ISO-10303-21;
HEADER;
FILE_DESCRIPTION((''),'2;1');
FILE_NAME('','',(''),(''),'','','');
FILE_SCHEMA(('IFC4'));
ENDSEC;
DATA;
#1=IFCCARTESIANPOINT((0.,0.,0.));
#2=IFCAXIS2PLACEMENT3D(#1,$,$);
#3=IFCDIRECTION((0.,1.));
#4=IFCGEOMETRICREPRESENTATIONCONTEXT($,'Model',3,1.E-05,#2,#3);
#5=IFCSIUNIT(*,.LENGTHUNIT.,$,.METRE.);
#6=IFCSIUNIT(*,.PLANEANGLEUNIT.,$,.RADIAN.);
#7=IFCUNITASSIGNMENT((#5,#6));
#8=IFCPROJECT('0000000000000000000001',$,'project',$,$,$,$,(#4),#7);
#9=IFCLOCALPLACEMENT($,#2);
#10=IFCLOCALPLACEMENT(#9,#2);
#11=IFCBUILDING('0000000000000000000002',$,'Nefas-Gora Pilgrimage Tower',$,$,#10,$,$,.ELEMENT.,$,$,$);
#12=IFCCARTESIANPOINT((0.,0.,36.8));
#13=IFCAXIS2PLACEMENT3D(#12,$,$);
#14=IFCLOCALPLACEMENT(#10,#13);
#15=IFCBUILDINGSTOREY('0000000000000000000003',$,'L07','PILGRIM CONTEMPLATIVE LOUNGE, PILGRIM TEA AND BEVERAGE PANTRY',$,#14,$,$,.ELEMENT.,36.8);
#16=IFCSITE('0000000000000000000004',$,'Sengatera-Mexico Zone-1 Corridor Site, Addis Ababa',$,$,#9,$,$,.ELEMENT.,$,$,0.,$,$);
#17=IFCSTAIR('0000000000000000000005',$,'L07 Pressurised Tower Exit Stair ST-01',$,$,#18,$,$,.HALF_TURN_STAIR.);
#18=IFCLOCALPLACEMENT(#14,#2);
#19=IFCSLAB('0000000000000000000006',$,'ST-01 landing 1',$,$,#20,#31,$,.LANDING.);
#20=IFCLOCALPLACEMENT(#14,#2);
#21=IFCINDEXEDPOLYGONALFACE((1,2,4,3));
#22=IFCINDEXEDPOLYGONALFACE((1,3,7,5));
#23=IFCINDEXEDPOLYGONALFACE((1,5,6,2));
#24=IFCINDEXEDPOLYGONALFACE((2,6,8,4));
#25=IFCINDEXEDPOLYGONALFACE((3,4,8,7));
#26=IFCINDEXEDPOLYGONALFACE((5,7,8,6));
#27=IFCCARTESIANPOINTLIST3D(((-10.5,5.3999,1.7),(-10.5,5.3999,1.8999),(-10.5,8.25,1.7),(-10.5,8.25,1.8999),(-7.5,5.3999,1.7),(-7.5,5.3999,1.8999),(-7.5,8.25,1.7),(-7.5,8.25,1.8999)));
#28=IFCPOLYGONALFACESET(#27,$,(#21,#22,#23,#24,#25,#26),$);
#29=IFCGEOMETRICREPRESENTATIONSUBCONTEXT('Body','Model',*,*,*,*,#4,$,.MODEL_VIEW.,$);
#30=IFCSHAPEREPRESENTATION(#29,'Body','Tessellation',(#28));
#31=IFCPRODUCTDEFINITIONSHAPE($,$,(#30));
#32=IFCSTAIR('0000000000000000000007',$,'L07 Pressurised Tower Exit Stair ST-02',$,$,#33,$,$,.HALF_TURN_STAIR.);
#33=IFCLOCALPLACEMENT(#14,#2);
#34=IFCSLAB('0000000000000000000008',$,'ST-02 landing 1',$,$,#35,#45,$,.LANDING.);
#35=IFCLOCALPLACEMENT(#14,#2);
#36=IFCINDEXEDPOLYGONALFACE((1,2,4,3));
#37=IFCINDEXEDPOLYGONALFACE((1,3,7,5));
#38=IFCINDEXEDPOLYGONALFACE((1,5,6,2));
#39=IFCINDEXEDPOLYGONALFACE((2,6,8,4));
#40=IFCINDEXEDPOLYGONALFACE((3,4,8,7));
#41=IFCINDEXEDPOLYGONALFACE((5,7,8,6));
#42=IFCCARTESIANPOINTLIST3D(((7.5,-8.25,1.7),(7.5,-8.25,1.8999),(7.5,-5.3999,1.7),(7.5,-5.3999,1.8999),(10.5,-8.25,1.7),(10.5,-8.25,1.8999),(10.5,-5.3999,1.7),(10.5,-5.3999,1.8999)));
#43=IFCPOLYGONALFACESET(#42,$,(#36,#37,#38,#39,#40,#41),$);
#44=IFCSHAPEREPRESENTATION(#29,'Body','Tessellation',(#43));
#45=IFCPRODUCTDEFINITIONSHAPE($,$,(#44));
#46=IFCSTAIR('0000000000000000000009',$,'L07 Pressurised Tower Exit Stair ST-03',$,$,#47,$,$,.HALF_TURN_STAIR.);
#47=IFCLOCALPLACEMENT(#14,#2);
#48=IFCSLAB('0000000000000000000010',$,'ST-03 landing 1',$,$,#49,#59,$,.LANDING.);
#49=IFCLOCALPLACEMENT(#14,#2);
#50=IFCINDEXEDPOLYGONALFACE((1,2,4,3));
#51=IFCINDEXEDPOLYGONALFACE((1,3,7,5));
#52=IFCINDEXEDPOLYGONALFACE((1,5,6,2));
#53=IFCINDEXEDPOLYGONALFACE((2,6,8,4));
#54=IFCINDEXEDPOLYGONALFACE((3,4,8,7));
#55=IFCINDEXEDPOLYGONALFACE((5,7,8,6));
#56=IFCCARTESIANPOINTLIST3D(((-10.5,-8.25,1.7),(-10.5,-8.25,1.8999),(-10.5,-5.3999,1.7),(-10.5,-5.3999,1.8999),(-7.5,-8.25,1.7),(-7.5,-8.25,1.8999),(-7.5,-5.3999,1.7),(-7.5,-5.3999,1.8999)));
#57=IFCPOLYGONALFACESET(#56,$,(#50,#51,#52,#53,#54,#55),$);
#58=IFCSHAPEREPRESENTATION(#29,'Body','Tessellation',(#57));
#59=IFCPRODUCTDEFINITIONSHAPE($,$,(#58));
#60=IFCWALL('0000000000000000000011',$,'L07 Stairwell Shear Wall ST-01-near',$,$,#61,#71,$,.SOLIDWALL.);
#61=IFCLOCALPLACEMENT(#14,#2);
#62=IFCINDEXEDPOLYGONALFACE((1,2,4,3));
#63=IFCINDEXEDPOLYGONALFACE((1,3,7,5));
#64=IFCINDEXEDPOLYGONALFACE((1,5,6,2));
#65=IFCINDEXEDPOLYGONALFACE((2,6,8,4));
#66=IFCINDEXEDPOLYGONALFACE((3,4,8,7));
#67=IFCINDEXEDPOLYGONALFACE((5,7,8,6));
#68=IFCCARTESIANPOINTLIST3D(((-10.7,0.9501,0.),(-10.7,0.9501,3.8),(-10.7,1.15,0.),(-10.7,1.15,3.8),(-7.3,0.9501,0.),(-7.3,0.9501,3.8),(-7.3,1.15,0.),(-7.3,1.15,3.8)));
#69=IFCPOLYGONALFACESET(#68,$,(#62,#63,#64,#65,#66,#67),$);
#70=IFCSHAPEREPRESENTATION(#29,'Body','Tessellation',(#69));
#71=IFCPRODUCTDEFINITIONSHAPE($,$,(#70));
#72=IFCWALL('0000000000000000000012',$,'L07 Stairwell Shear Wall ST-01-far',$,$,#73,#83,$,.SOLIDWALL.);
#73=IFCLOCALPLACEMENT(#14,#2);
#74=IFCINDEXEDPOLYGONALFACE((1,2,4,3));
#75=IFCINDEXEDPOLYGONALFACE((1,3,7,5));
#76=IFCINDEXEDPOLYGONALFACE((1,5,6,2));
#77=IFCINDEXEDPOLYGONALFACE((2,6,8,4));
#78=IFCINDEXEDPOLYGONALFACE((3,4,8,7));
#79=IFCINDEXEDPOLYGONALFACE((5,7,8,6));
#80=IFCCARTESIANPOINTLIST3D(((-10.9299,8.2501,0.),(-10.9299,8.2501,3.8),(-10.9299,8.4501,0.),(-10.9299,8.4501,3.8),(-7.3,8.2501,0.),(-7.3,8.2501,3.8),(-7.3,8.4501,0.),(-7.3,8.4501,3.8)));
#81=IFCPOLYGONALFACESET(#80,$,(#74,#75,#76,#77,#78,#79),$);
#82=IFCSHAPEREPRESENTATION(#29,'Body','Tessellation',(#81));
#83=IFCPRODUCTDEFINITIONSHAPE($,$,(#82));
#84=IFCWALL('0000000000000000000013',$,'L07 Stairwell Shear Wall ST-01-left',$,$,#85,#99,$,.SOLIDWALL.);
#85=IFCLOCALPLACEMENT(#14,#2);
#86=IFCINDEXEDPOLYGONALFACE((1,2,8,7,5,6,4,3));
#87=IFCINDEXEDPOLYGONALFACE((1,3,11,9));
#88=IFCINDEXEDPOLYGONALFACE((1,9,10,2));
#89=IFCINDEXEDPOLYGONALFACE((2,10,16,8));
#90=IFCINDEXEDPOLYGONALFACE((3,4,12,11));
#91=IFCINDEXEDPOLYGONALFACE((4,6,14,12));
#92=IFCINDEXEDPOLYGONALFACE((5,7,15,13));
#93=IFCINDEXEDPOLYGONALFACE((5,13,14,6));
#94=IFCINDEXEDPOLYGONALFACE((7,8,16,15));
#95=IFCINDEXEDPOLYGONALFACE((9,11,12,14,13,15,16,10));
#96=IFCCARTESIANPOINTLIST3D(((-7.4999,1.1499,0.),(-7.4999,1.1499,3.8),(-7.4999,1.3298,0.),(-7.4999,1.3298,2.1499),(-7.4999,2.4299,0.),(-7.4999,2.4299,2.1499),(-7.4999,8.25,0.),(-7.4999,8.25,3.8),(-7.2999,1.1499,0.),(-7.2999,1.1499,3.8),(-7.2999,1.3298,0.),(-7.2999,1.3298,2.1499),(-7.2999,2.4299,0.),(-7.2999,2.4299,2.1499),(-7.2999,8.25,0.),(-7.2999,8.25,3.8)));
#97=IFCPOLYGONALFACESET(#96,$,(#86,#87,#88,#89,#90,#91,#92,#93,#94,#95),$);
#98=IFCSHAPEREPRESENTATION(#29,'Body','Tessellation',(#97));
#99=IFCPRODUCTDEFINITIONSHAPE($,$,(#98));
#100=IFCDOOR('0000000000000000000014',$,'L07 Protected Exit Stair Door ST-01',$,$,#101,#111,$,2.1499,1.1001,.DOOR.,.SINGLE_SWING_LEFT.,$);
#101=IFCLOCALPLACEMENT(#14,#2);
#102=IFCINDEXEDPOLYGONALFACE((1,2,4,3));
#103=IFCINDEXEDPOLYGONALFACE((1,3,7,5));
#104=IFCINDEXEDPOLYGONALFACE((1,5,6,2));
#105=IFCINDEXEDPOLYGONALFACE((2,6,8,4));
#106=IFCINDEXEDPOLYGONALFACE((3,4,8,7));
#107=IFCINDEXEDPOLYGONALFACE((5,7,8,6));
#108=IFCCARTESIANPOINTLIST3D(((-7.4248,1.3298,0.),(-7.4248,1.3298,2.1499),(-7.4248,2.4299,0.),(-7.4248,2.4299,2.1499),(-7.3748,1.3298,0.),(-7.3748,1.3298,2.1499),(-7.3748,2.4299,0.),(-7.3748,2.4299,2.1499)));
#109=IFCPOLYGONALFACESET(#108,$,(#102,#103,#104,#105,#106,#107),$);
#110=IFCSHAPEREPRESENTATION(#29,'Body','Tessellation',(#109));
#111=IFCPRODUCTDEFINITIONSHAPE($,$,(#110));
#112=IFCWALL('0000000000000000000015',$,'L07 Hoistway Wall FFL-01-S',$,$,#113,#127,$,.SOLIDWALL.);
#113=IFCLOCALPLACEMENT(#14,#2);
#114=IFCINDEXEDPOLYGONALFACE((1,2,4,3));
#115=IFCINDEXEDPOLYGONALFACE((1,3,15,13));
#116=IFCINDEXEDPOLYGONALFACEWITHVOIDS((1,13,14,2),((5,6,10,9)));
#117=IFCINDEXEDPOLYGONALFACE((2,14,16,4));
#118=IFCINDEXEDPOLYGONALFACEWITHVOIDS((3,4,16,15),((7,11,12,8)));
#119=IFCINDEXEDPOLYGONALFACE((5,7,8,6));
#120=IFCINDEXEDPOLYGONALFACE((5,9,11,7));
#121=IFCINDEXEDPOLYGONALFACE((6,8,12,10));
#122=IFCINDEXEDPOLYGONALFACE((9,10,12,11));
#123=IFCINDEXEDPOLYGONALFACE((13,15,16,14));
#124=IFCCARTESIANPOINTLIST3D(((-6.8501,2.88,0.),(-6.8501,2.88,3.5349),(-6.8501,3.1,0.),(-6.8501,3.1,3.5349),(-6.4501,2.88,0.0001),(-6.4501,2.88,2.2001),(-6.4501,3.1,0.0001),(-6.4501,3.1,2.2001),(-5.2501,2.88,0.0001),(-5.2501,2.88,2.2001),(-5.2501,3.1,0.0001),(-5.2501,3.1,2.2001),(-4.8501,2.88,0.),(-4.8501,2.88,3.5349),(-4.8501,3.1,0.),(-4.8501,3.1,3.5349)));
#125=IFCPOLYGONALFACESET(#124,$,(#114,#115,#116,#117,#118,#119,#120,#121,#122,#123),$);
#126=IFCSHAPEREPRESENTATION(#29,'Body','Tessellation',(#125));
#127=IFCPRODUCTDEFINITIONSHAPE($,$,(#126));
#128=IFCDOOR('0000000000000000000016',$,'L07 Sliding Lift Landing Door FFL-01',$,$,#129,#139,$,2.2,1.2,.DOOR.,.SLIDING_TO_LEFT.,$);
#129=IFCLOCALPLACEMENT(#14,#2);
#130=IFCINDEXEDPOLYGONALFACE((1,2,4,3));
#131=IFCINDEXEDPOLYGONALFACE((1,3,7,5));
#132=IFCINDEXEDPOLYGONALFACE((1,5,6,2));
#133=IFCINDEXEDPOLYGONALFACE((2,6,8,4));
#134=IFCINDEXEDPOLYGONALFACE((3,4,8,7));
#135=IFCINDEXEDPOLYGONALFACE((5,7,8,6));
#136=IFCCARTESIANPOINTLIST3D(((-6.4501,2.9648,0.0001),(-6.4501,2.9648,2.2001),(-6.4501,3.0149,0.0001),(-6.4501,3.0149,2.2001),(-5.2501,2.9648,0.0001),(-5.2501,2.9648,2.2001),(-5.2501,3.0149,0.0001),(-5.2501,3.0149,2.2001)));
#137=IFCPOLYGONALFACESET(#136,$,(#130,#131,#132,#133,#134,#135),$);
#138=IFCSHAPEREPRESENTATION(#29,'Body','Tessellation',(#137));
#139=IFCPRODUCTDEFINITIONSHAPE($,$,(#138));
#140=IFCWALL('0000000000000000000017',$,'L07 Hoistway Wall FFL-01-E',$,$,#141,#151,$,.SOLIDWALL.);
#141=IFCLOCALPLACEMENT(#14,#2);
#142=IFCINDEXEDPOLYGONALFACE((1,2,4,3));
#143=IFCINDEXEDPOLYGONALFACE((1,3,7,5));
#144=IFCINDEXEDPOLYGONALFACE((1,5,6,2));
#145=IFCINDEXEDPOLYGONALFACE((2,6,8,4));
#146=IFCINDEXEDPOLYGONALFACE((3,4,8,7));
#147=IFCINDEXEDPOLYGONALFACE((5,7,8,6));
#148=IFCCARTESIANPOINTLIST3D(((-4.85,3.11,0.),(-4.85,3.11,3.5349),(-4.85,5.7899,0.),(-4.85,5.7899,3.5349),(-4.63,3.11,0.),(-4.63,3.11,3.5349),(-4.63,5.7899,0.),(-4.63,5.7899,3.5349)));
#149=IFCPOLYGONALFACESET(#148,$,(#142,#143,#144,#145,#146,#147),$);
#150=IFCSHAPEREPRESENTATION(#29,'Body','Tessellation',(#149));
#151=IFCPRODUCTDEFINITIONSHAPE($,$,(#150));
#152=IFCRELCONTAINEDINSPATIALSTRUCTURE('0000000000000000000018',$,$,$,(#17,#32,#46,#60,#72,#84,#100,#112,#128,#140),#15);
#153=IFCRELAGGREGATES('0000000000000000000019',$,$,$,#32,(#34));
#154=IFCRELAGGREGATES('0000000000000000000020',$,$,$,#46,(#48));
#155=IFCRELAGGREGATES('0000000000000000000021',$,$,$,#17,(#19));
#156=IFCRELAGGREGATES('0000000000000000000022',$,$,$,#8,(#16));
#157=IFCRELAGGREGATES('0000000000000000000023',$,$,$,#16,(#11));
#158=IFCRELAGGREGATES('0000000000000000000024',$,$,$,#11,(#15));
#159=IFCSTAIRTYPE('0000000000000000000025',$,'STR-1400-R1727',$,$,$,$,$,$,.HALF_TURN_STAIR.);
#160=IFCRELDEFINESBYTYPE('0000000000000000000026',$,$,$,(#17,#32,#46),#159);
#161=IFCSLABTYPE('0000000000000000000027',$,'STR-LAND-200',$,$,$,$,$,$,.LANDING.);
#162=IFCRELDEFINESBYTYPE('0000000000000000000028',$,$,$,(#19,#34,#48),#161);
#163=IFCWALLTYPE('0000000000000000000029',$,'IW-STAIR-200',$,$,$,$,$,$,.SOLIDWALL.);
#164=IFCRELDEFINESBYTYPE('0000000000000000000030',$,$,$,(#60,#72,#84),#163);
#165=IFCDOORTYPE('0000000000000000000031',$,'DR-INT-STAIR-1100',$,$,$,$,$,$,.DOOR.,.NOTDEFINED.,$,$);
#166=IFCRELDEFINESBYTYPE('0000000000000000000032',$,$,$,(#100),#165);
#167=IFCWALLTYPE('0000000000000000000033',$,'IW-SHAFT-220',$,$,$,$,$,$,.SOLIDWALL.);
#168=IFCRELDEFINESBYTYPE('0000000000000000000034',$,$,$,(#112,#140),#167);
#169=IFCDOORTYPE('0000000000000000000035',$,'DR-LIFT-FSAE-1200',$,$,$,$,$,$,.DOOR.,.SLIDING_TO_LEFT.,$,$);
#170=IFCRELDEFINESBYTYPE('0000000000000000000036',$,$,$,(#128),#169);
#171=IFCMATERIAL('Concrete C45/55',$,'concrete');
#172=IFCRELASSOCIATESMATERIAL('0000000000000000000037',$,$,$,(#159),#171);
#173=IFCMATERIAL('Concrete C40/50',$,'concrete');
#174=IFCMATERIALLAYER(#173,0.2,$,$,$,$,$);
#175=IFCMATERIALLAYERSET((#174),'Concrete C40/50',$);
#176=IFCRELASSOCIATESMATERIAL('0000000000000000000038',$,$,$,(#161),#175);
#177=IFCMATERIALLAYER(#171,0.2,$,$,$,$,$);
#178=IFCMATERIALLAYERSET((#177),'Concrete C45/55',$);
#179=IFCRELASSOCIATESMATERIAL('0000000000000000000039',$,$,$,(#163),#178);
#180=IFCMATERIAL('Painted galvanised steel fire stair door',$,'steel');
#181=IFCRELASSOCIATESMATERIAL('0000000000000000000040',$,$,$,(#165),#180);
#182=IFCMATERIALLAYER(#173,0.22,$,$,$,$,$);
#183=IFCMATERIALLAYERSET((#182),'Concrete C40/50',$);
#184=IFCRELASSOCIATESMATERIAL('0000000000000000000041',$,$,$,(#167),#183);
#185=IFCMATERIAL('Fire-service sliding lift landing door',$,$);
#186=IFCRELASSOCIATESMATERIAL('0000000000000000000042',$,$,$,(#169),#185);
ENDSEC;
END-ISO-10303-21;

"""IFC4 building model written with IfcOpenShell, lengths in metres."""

from ifc_helpers import new_model, si_unit, direction, frame, frame_2d, origin, place, context, subcontext, project, spatial, polyline, rectangle, outline, extrude, source, transform, mapped, material, layer, layer_set, type_object, element, fill, aggregate, save


model = new_model("IFC4")

# Units and contexts
model_context = context("Model", 3, precision=1e-05, world=origin(), true_north=direction((0.0, 1.0)))
body_context = subcontext(model_context, "Body", "Model", "MODEL_VIEW")
ifc_project = project(units=[si_unit("LENGTHUNIT", "METRE"), si_unit("PLANEANGLEUNIT", "RADIAN")], contexts=[model_context])

# Site, building, storey
site_placement = place(None, origin())
site = spatial("IfcSite", under=ifc_project, at=site_placement, Name="Sengatera-Mexico Zone-1 Corridor Site, Addis Ababa", CompositionType="ELEMENT", RefElevation=0.0)
building_placement = place(site_placement, origin())
building = spatial("IfcBuilding", under=site, at=building_placement, Name="Nefas-Gora Pilgrimage Tower", CompositionType="ELEMENT")
storey_placement = place(building_placement, frame((0.0, 0.0, 36.8)))
storey = spatial("IfcBuildingStorey", under=building, at=storey_placement, Name="L07", Description="PILGRIM CONTEMPLATIVE LOUNGE, PILGRIM TEA AND BEVERAGE PANTRY", CompositionType="ELEMENT", Elevation=36.8)

# Shared definitions
ifc_material_1 = material(Name="Concrete C40/50", Category="concrete")

# Stairs, slabs
ifc_material_2 = material(Name="Concrete C45/55", Category="concrete")
stair_type = type_object("IfcStairType", Name="STR-1400-R1727", PredefinedType="HALF_TURN_STAIR", material=ifc_material_2)
stair_1_placement = place(storey_placement, origin())
stair_1 = element("IfcStair", 1, at=stair_1_placement, inside=storey, type_object=stair_type, Name="L07 Pressurised Tower Exit Stair ST-01", PredefinedType="HALF_TURN_STAIR")
ifc_layer_1 = layer(ifc_material_1, 0.2)
ifc_layer_set_1 = layer_set([ifc_layer_1], Name="Concrete C40/50")
slab_type_1 = type_object("IfcSlabType", Name="STR-LAND-200", PredefinedType="LANDING", material=ifc_layer_set_1)
slab_1_placement = place(storey_placement, frame((0.0, 0.0, 1.7)))
slab_1 = element("IfcSlab", 2, at=slab_1_placement, type_object=slab_type_1, Name="ST-01 landing 1", PredefinedType="LANDING", context=body_context, shape_type="SweptSolid", body=[
    extrude(outline(polyline([(-7.5, 5.3999), (-7.5, 8.25), (-10.5, 8.25), (-10.5, 5.3999), (-7.5, 5.3999)])), origin(), (0.0, 0.0, 1.0), 0.2),
])
stair_2_placement = place(storey_placement, origin())
stair_2 = element("IfcStair", 3, at=stair_2_placement, inside=storey, type_object=stair_type, Name="L07 Pressurised Tower Exit Stair ST-02", PredefinedType="HALF_TURN_STAIR")
slab_2_placement = place(storey_placement, frame((0.0, 0.0, 1.7)))
slab_2 = element("IfcSlab", 4, at=slab_2_placement, type_object=slab_type_1, Name="ST-02 landing 1", PredefinedType="LANDING", context=body_context, shape_type="SweptSolid", body=[
    extrude(outline(polyline([(7.5, -5.3999), (7.5, -8.25), (10.5, -8.25), (10.5, -5.3999), (7.5, -5.3999)])), origin(), (0.0, 0.0, 1.0), 0.2),
])
aggregate(stair_2, [slab_2])
stair_3_placement = place(storey_placement, origin())
stair_3 = element("IfcStair", 5, at=stair_3_placement, inside=storey, type_object=stair_type, Name="L07 Pressurised Tower Exit Stair ST-03", PredefinedType="HALF_TURN_STAIR")
slab_3_placement = place(storey_placement, frame((0.0, 0.0, 1.7)))
slab_3 = element("IfcSlab", 6, at=slab_3_placement, type_object=slab_type_1, Name="ST-03 landing 1", PredefinedType="LANDING", context=body_context, shape_type="SweptSolid", body=[
    extrude(outline(polyline([(-10.5, -5.3999), (-10.5, -8.25), (-7.5, -8.25), (-7.5, -5.3999), (-10.5, -5.3999)])), origin(), (0.0, 0.0, 1.0), 0.2),
])
aggregate(stair_3, [slab_3])

# Walls
ifc_layer_2 = layer(ifc_material_2, 0.2)
ifc_layer_set_2 = layer_set([ifc_layer_2], Name="Concrete C45/55")
wall_type_1 = type_object("IfcWallType", Name="IW-STAIR-200", PredefinedType="SOLIDWALL", material=ifc_layer_set_2)
shared_shape_1 = source(origin(), body_context, "Body", "SweptSolid", [
    extrude(rectangle(XDim=3.3999, YDim=0.2, at=frame_2d((1.7, 0.0))), origin(), (0.0, 0.0, 1.0), 3.8),
])
wall_1_placement = place(storey_placement, frame((-7.3, 1.05, 0.0), z_axis=(0.0, 0.0, 1.0), x_axis=(-1.0, 0.0, 0.0)))
element("IfcWall", 7, at=wall_1_placement, inside=storey, type_object=wall_type_1, Name="L07 Stairwell Shear Wall ST-01-near", PredefinedType="SOLIDWALL", context=body_context, shape_type="MappedRepresentation", body=[
    mapped(shared_shape_1, transform((0.0, 0.0, 0.0), x_axis=(1.0, 0.0, 0.0), y_axis=(0.0, 1.0, 0.0), z_axis=(0.0, 0.0, 1.0), scale=1.0)),
])
shared_shape_2 = source(origin(), body_context, "Body", "SweptSolid", [
    extrude(rectangle(XDim=3.6299, YDim=0.2, at=frame_2d((1.8149, 0.0))), origin(), (0.0, 0.0, 1.0), 3.8),
])
wall_2_placement = place(storey_placement, frame((-7.3, 8.3501, 0.0), z_axis=(0.0, 0.0, 1.0), x_axis=(-1.0, 0.0, 0.0)))
element("IfcWall", 8, at=wall_2_placement, inside=storey, type_object=wall_type_1, Name="L07 Stairwell Shear Wall ST-01-far", PredefinedType="SOLIDWALL", context=body_context, shape_type="MappedRepresentation", body=[
    mapped(shared_shape_2, transform((0.0, 0.0, 0.0), x_axis=(1.0, 0.0, 0.0), y_axis=(0.0, 1.0, 0.0), z_axis=(0.0, 0.0, 1.0), scale=1.0)),
])

# Walls, openings, doors
shared_shape_3 = source(origin(), body_context, "Body", "SweptSolid", [
    extrude(rectangle(XDim=7.1001, YDim=0.2, at=frame_2d((3.55, 0.0))), origin(), (0.0, 0.0, 1.0), 3.8),
])
wall_3_placement = place(storey_placement, frame((-7.3999, 1.1499, 0.0), z_axis=(0.0, 0.0, 1.0), x_axis=(0.0, 1.0, 0.0)))
wall_3 = element("IfcWall", 9, at=wall_3_placement, inside=storey, type_object=wall_type_1, Name="L07 Stairwell Shear Wall ST-01-left", PredefinedType="SOLIDWALL", context=body_context, shape_type="MappedRepresentation", body=[
    mapped(shared_shape_3, transform((0.0, 0.0, 0.0), x_axis=(1.0, 0.0, 0.0), y_axis=(0.0, 1.0, 0.0), z_axis=(0.0, 0.0, 1.0), scale=1.0)),
])
opening_1_placement = place(wall_3_placement, frame((0.1799, 0.0, 0.0)))
opening_1 = element("IfcOpeningElement", 10, at=opening_1_placement, cuts=wall_3, PredefinedType="OPENING", context=body_context, shape_type="SweptSolid", body=[
    extrude(rectangle(XDim=1.1001, YDim=2.1499, at=frame_2d((0.55, 1.075))), frame((0.0, 0.1099, 0.0), z_axis=(0.0, -1.0, 0.0), x_axis=(1.0, 0.0, 0.0)), (0.0, 0.0, 1.0), 0.22),
])
ifc_material_3 = material(Name="Painted galvanised steel fire stair door", Category="steel")
door_type_1 = type_object("IfcDoorType", Name="DR-INT-STAIR-1100", OperationType="NOTDEFINED", PredefinedType="DOOR", material=ifc_material_3)
shared_shape_4 = source(origin(), body_context, "Body", "SweptSolid", [
    extrude(rectangle(XDim=1.1001, YDim=2.1499, at=frame_2d((0.55, 1.075))), frame((0.0, 0.0249, 0.0), z_axis=(0.0, -1.0, 0.0), x_axis=(1.0, 0.0, 0.0)), (0.0, 0.0, 1.0), 0.05),
])
door_1_placement = place(opening_1_placement, origin())
door_1 = element("IfcDoor", 11, at=door_1_placement, inside=storey, type_object=door_type_1, Name="L07 Protected Exit Stair Door ST-01", OperationType="SINGLE_SWING_LEFT", OverallHeight=2.1499, OverallWidth=1.1001, PredefinedType="DOOR", context=body_context, shape_type="MappedRepresentation", body=[
    mapped(shared_shape_4, transform((0.0, 0.0, 0.0), x_axis=(1.0, 0.0, 0.0), y_axis=(0.0, 1.0, 0.0), z_axis=(0.0, 0.0, 1.0), scale=1.0)),
])
fill(opening_1, door_1)
ifc_layer_3 = layer(ifc_material_1, 0.22)
ifc_layer_set_3 = layer_set([ifc_layer_3], Name="Concrete C40/50")
wall_type_2 = type_object("IfcWallType", Name="IW-SHAFT-220", PredefinedType="SOLIDWALL", material=ifc_layer_set_3)
shared_shape_5 = source(origin(), body_context, "Body", "SweptSolid", [
    extrude(rectangle(XDim=2.0, YDim=0.22, at=frame_2d((1.0, 0.0))), origin(), (0.0, 0.0, 1.0), 3.5349),
])
wall_4_placement = place(storey_placement, frame((-6.8501, 2.99, 0.0), z_axis=(0.0, 0.0, 1.0), x_axis=(1.0, 0.0, 0.0)))
wall_4 = element("IfcWall", 12, at=wall_4_placement, inside=storey, type_object=wall_type_2, Name="L07 Hoistway Wall FFL-01-S", PredefinedType="SOLIDWALL", context=body_context, shape_type="MappedRepresentation", body=[
    mapped(shared_shape_5, transform((0.0, 0.0, 0.0), x_axis=(1.0, 0.0, 0.0), y_axis=(0.0, 1.0, 0.0), z_axis=(0.0, 0.0, 1.0), scale=1.0)),
])
opening_2_placement = place(wall_4_placement, frame((0.3999, 0.0, 0.0)))
opening_2 = element("IfcOpeningElement", 13, at=opening_2_placement, cuts=wall_4, PredefinedType="OPENING", context=body_context, shape_type="SweptSolid", body=[
    extrude(rectangle(XDim=1.2, YDim=2.2, at=frame_2d((0.6001, 1.1001))), frame((0.0, 0.1199, 0.0), z_axis=(0.0, -1.0, 0.0), x_axis=(1.0, 0.0, 0.0)), (0.0, 0.0, 1.0), 0.24),
])
ifc_material_4 = material(Name="Fire-service sliding lift landing door")
door_type_2 = type_object("IfcDoorType", Name="DR-LIFT-FSAE-1200", OperationType="SLIDING_TO_LEFT", PredefinedType="DOOR", material=ifc_material_4)
shared_shape_6 = source(origin(), body_context, "Body", "SweptSolid", [
    extrude(rectangle(XDim=1.2, YDim=2.2, at=frame_2d((0.6001, 1.1001))), frame((0.0, 0.0249, 0.0), z_axis=(0.0, -1.0, 0.0), x_axis=(1.0, 0.0, 0.0)), (0.0, 0.0, 1.0), 0.05),
])
door_2_placement = place(opening_2_placement, origin())
door_2 = element("IfcDoor", 14, at=door_2_placement, inside=storey, type_object=door_type_2, Name="L07 Sliding Lift Landing Door FFL-01", OperationType="SLIDING_TO_LEFT", OverallHeight=2.2, OverallWidth=1.2, PredefinedType="DOOR", context=body_context, shape_type="MappedRepresentation", body=[
    mapped(shared_shape_6, transform((0.0, 0.0, 0.0), x_axis=(1.0, 0.0, 0.0), y_axis=(0.0, 1.0, 0.0), z_axis=(0.0, 0.0, 1.0), scale=1.0)),
])
fill(opening_2, door_2)

# Wall
shared_shape_7 = source(origin(), body_context, "Body", "SweptSolid", [
    extrude(rectangle(XDim=2.6799, YDim=0.22, at=frame_2d((1.3398, 0.0))), origin(), (0.0, 0.0, 1.0), 3.5349),
])
wall_5_placement = place(storey_placement, frame((-4.74, 3.1101, 0.0), z_axis=(0.0, 0.0, 1.0), x_axis=(0.0, 1.0, 0.0)))
element("IfcWall", 15, at=wall_5_placement, inside=storey, type_object=wall_type_2, Name="L07 Hoistway Wall FFL-01-E", PredefinedType="SOLIDWALL", context=body_context, shape_type="MappedRepresentation", body=[
    mapped(shared_shape_7, transform((0.0, 0.0, 0.0), x_axis=(1.0, 0.0, 0.0), y_axis=(0.0, 1.0, 0.0), z_axis=(0.0, 0.0, 1.0), scale=1.0)),
])

aggregate(stair_1, [slab_1])

save(model, "model.ifc")
